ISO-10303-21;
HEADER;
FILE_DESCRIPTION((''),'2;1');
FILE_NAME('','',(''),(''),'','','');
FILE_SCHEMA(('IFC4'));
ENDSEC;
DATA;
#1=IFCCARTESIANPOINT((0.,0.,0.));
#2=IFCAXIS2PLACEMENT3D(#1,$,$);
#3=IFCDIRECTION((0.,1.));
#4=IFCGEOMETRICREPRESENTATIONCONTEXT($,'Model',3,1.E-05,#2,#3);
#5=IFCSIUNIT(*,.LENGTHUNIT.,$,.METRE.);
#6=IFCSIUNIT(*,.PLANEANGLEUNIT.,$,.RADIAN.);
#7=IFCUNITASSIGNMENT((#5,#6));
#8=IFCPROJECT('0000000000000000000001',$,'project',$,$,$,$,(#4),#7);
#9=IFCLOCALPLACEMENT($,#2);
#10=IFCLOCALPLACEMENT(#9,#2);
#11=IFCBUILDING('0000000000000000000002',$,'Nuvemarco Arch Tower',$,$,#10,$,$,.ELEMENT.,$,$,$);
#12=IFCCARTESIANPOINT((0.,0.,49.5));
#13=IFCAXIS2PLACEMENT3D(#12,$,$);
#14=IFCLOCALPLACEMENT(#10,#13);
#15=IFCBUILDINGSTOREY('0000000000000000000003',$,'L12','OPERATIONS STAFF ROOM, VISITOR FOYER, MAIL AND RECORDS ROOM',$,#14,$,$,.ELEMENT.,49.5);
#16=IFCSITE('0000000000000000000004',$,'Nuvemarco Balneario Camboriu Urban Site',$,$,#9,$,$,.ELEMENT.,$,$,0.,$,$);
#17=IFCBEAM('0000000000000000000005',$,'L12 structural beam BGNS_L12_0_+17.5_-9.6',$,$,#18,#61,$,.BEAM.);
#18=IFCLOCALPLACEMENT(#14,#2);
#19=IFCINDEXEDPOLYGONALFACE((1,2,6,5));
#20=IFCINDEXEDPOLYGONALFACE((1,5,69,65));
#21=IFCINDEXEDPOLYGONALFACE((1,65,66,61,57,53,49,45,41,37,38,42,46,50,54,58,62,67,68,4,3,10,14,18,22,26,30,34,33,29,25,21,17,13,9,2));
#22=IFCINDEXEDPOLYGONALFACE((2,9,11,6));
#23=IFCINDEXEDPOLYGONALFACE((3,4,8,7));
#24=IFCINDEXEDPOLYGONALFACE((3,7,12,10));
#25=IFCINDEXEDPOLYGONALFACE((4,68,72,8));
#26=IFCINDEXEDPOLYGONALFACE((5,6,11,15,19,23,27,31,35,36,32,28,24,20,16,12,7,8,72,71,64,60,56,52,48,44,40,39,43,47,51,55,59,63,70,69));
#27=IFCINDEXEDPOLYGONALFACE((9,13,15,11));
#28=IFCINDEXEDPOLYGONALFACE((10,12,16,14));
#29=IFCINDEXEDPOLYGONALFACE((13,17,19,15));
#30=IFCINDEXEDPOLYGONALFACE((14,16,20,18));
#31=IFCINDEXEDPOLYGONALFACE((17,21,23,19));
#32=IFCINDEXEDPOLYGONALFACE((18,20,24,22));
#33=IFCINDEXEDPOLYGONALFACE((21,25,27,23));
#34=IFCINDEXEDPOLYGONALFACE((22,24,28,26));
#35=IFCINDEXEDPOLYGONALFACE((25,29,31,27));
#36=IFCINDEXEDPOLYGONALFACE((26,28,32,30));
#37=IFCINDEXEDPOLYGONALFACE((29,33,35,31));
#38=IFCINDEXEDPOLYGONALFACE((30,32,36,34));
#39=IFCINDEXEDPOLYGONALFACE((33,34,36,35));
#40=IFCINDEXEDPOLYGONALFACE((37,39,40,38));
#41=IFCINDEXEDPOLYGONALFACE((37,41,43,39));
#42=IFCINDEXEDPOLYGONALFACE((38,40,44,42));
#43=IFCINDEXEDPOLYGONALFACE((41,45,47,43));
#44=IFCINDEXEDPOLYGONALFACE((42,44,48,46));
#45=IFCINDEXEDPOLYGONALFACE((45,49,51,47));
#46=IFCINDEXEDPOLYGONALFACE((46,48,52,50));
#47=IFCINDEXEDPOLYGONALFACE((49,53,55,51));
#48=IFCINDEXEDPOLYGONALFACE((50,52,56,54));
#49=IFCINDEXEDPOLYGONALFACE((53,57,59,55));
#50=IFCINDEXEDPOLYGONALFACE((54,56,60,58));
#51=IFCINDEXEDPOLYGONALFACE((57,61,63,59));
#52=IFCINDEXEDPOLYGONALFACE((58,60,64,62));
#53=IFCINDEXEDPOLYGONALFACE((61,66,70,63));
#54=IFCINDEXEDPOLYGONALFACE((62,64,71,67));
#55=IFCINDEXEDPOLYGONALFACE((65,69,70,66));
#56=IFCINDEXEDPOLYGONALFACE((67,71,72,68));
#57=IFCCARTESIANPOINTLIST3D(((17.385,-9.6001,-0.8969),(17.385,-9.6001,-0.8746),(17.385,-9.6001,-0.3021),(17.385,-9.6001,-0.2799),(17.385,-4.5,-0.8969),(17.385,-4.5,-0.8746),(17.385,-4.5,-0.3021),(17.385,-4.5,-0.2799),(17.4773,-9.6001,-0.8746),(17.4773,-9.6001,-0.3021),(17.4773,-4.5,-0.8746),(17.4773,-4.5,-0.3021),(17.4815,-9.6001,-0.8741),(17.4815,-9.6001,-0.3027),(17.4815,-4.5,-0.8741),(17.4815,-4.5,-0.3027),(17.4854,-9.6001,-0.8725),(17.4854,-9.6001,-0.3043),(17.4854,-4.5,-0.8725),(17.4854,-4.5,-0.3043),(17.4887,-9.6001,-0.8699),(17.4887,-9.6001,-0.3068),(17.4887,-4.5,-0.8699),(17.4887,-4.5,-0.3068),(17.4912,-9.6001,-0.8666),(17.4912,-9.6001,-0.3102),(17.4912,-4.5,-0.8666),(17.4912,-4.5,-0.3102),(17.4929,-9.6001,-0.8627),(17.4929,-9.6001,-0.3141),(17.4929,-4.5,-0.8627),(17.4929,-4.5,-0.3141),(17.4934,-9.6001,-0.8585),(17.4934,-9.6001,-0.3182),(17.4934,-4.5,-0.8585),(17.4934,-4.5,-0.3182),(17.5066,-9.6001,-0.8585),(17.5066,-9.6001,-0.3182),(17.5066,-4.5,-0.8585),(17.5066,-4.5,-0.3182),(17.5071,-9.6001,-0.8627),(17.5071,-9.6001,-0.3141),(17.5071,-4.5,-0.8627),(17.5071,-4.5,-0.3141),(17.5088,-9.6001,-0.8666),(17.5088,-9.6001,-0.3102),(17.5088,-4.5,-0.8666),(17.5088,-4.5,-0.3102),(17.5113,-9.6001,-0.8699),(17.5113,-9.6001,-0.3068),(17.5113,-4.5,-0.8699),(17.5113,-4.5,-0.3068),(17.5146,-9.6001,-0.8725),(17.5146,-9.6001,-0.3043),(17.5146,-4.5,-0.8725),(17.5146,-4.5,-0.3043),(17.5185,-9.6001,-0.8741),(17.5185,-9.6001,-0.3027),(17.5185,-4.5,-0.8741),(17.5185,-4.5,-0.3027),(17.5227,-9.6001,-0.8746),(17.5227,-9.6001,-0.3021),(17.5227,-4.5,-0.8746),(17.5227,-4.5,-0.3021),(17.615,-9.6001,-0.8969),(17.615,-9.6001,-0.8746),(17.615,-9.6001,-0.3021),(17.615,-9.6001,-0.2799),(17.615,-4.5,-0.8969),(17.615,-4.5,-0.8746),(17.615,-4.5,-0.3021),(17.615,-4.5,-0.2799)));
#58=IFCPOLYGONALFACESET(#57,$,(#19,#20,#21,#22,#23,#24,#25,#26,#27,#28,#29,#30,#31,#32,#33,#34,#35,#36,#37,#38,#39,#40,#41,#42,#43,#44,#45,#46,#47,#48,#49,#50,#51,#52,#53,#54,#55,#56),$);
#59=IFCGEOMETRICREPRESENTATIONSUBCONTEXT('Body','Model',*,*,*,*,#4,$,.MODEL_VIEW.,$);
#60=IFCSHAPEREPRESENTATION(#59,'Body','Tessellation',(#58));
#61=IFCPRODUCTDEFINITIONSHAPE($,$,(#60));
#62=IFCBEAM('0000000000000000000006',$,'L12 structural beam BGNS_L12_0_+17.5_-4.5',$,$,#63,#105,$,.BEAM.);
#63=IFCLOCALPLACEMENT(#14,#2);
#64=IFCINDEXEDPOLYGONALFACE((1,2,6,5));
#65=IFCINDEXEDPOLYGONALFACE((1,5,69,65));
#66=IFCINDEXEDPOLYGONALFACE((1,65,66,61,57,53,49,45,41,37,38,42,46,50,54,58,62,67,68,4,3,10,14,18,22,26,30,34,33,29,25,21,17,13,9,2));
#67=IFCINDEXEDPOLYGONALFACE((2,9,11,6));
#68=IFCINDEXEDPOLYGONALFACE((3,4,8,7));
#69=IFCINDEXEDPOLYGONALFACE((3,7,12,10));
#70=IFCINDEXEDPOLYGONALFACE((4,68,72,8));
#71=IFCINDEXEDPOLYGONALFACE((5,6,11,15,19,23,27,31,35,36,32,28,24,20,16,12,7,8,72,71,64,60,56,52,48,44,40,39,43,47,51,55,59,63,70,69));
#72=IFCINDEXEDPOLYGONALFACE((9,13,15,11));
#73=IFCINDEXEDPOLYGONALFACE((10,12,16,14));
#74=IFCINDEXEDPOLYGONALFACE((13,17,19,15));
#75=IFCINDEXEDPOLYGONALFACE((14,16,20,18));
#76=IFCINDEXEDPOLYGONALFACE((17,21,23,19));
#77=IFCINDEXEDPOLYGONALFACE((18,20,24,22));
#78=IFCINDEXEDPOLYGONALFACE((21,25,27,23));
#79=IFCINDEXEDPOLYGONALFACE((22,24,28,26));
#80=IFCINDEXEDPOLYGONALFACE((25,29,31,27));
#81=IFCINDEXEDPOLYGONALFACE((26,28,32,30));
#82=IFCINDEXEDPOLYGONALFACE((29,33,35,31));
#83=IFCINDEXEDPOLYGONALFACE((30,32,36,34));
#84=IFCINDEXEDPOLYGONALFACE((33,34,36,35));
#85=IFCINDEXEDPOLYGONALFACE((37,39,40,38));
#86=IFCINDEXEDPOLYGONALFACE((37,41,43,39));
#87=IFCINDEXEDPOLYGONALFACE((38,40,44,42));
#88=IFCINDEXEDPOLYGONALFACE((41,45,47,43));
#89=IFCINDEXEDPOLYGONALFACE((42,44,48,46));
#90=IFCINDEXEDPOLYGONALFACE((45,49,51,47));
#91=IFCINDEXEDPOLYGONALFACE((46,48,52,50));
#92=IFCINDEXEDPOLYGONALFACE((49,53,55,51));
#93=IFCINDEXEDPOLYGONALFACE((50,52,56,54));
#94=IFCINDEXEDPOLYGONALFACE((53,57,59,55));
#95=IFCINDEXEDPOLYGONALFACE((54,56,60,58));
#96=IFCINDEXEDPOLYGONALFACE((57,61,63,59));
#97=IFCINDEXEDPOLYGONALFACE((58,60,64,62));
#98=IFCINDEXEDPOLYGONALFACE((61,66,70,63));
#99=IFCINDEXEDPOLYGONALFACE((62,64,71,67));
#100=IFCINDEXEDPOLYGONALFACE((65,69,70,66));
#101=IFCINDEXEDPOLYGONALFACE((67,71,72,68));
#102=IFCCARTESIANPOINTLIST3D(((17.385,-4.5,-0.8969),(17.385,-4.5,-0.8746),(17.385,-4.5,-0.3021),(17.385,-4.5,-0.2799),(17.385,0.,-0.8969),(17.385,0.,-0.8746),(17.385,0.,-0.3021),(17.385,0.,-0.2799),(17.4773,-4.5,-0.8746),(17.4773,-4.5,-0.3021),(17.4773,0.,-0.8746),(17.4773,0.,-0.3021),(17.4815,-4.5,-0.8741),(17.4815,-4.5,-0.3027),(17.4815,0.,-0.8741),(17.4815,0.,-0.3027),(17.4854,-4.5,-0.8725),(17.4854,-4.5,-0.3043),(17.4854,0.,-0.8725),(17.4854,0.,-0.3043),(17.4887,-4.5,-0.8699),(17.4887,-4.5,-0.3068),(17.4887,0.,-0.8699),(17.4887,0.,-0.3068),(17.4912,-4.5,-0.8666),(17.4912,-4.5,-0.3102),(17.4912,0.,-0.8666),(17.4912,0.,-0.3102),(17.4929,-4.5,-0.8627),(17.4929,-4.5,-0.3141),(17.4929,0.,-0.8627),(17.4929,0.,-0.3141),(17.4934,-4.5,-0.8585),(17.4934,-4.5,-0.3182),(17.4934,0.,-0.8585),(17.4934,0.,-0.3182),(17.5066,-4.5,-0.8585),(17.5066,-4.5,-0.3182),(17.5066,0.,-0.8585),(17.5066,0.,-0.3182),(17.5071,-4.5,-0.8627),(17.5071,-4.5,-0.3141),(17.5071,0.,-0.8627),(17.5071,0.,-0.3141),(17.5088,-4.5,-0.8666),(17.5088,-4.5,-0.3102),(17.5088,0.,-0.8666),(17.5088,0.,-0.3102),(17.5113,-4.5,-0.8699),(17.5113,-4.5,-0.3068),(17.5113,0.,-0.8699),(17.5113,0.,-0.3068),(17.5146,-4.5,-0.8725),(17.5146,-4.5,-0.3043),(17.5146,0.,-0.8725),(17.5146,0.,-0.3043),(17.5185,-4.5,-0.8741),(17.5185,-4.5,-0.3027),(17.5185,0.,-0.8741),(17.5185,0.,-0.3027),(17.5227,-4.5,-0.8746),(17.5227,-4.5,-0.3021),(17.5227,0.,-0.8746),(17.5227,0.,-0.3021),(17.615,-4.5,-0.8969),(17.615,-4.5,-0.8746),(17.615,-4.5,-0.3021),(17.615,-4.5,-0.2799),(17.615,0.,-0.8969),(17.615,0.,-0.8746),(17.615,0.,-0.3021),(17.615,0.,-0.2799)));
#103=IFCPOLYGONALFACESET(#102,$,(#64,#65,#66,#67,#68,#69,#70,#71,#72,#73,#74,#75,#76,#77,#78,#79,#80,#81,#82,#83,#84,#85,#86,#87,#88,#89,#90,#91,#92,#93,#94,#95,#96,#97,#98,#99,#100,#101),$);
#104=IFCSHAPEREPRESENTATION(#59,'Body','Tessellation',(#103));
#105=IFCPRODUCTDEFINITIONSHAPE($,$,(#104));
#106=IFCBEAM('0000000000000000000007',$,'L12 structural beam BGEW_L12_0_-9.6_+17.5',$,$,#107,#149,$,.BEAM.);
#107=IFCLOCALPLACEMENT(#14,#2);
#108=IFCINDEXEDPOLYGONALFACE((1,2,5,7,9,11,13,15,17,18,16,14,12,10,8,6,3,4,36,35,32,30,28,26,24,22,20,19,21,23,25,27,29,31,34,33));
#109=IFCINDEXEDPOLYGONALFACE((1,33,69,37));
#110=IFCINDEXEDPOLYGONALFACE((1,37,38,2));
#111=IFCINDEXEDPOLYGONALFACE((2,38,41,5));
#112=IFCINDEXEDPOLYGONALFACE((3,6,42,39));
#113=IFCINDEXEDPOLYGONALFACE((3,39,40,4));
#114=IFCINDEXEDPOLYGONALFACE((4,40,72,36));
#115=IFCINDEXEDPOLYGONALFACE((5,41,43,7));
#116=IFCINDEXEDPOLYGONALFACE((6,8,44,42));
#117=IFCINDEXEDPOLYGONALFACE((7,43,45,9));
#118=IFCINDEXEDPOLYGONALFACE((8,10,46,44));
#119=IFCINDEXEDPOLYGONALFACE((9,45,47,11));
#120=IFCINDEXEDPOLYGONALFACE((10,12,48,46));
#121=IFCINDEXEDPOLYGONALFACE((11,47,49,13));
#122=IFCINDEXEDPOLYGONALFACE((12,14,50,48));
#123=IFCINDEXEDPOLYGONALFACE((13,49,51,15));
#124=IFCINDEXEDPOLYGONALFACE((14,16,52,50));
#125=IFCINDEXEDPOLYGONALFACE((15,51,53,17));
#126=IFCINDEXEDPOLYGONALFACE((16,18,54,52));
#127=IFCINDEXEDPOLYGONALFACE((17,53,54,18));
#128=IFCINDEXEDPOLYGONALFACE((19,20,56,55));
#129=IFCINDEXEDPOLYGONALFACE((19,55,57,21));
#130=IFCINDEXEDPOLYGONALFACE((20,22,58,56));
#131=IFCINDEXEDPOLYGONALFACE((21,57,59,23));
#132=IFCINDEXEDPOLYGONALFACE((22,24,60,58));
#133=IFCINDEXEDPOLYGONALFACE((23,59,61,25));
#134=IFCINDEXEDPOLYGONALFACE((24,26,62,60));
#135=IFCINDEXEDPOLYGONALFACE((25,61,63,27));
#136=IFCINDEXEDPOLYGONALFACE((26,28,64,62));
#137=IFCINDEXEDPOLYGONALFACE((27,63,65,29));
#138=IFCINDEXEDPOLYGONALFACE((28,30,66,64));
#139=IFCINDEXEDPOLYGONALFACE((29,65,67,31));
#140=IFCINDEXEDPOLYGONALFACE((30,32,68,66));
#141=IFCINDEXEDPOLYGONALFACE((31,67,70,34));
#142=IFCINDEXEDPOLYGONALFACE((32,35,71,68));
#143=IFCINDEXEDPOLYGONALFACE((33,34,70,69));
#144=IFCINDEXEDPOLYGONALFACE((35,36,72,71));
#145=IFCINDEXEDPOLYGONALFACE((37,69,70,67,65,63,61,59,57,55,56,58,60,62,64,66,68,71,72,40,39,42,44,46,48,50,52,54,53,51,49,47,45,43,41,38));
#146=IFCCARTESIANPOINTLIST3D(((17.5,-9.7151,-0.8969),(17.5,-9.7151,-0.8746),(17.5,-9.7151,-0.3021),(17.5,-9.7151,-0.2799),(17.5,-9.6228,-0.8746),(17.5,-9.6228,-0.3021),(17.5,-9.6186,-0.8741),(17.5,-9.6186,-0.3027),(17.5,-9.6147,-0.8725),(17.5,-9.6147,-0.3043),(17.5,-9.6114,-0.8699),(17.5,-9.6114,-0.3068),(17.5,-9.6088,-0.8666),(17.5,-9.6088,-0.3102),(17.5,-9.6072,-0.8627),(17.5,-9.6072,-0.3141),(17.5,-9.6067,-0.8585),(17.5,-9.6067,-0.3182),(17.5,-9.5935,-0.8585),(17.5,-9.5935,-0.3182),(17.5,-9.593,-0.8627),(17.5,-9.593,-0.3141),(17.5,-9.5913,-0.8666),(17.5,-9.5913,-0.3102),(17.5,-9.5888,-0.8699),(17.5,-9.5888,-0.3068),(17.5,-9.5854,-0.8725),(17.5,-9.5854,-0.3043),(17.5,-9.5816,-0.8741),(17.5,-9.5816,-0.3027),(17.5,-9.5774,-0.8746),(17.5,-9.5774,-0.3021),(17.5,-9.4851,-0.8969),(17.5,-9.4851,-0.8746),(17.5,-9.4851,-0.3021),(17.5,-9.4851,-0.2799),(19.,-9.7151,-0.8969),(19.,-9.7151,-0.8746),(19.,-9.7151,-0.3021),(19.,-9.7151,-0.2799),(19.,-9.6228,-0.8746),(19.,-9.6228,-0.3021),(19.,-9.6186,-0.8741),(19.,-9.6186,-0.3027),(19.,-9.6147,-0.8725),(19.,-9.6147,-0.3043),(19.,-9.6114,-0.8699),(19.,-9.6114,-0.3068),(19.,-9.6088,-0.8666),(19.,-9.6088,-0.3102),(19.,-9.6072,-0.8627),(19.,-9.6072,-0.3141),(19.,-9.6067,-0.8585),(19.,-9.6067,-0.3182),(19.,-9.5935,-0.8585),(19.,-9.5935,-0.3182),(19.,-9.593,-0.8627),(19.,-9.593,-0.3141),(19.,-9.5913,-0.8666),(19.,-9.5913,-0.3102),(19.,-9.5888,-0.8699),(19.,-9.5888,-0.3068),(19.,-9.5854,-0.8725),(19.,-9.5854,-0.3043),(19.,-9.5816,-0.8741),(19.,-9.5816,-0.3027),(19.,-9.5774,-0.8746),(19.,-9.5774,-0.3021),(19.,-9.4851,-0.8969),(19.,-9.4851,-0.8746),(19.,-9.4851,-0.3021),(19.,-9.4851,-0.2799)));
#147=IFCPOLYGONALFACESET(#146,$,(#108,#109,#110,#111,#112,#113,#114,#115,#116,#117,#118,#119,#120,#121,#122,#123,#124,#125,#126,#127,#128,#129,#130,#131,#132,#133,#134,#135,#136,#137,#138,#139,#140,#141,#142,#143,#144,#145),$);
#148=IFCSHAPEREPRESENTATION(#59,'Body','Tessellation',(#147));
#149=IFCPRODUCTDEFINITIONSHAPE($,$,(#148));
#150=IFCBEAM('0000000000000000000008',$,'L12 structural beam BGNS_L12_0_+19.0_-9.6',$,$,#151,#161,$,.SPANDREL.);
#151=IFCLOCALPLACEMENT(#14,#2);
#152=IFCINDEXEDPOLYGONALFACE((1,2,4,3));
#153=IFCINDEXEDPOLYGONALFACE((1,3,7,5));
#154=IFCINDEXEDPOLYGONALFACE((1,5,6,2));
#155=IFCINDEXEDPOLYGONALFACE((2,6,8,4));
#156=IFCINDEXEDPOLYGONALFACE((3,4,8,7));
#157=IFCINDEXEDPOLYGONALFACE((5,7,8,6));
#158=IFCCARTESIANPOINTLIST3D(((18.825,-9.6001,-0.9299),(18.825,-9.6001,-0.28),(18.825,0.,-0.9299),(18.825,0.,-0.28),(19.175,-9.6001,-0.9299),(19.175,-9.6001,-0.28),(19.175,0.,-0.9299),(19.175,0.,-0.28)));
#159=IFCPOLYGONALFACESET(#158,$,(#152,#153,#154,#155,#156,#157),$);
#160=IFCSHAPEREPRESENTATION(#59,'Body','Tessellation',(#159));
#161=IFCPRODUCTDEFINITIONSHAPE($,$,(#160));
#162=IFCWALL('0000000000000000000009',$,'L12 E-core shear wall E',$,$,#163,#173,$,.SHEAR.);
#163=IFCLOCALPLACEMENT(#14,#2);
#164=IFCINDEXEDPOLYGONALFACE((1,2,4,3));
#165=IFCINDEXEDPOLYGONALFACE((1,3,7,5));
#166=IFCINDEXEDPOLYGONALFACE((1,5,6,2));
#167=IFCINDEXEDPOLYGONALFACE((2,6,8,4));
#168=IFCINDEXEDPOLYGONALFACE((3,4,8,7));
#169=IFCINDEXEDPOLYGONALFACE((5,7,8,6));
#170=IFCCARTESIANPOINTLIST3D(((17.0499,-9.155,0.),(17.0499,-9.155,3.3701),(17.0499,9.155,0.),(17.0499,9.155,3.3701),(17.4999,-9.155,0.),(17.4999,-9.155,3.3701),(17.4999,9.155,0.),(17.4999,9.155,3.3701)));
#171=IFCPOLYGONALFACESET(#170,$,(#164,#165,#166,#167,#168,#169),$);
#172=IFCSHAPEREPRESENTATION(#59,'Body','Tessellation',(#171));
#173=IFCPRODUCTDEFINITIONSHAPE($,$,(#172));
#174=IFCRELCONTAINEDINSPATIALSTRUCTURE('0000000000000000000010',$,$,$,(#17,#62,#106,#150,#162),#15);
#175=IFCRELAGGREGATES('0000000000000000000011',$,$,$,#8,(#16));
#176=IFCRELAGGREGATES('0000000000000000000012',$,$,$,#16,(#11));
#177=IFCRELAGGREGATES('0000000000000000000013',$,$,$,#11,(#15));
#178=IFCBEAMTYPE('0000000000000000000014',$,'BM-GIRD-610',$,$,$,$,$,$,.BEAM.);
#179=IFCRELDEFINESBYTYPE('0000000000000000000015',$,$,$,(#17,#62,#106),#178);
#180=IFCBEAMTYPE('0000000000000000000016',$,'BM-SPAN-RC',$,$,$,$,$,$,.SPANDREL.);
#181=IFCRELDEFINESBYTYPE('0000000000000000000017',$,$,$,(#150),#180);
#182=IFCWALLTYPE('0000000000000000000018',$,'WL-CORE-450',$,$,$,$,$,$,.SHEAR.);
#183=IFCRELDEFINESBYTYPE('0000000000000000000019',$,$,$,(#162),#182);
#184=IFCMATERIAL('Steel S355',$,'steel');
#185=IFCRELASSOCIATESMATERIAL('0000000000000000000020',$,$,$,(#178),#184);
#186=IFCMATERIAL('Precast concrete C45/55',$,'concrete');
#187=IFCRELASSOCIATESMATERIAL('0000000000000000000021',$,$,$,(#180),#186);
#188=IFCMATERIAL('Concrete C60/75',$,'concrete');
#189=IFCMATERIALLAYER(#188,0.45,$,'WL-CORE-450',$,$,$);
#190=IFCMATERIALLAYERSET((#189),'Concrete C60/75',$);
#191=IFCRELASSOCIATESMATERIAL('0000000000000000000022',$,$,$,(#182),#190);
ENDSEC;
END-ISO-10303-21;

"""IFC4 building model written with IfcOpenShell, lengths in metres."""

from ifc_helpers import new_model, si_unit, direction, frame, frame_2d, origin, origin_2d, place, context, subcontext, project, spatial, rectangle, i_section, extrude, material, layer, layer_set, material_profile, profile_set, type_object, element, save


model = new_model("IFC4")

# Units and contexts
model_context = context("Model", 3, precision=1e-05, world=origin(), true_north=direction((0.0, 1.0)))
body_context = subcontext(model_context, "Body", "Model", "MODEL_VIEW")
ifc_project = project(units=[si_unit("LENGTHUNIT", "METRE"), si_unit("PLANEANGLEUNIT", "RADIAN")], contexts=[model_context])

# Site, building, storey
site_placement = place(None, origin())
site = spatial("IfcSite", under=ifc_project, at=site_placement, Name="Nuvemarco Balneario Camboriu Urban Site", CompositionType="ELEMENT", RefElevation=0.0)
building_placement = place(site_placement, origin())
building = spatial("IfcBuilding", under=site, at=building_placement, Name="Nuvemarco Arch Tower", CompositionType="ELEMENT")
storey_placement = place(building_placement, frame((0.0, 0.0, 49.5)))
storey = spatial("IfcBuildingStorey", under=building, at=storey_placement, Name="L12", Description="OPERATIONS STAFF ROOM, VISITOR FOYER, MAIL AND RECORDS ROOM", CompositionType="ELEMENT", Elevation=49.5)

# Shared definitions
ifc_material_1 = material(Name="Concrete C60/75", Category="concrete")

# Beams
ifc_material_2 = material(Name="Steel S355", Category="steel")
ifc_material_profile_1 = material_profile(ifc_material_2, i_section(OverallWidth=0.23, OverallDepth=0.6169, WebThickness=0.0132, FlangeThickness=0.0222, FilletRadius=0.0161, at=origin_2d()), Name="W610x140")
ifc_profile_set_1 = profile_set([ifc_material_profile_1], Name="Steel S355")
beam_type_1 = type_object("IfcBeamType", Name="BM-GIRD-610", PredefinedType="BEAM", material=ifc_profile_set_1)
beam_1_placement = place(storey_placement, frame((17.5, -9.6001, -0.5884), z_axis=(0.0, 1.0, 0.0), x_axis=(-1.0, 0.0, 0.0)))
element("IfcBeam", 1, at=beam_1_placement, inside=storey, type_object=beam_type_1, Name="L12 structural beam BGNS_L12_0_+17.5_-9.6", PredefinedType="BEAM", context=body_context, shape_type="SweptSolid", body=[
    extrude(i_section(OverallWidth=0.23, OverallDepth=0.6169, WebThickness=0.0132, FlangeThickness=0.0222, FilletRadius=0.0161, at=origin_2d()), origin(), (0.0, 0.0, 1.0), 5.1001),
])
beam_2_placement = place(storey_placement, frame((17.5, -4.5, -0.5884), z_axis=(0.0, 1.0, 0.0), x_axis=(-1.0, 0.0, 0.0)))
element("IfcBeam", 2, at=beam_2_placement, inside=storey, type_object=beam_type_1, Name="L12 structural beam BGNS_L12_0_+17.5_-4.5", PredefinedType="BEAM", context=body_context, shape_type="SweptSolid", body=[
    extrude(i_section(OverallWidth=0.23, OverallDepth=0.6169, WebThickness=0.0132, FlangeThickness=0.0222, FilletRadius=0.0161, at=origin_2d()), origin(), (0.0, 0.0, 1.0), 4.5),
])
beam_3_placement = place(storey_placement, frame((17.5, -9.6001, -0.5884), z_axis=(1.0, 0.0, 0.0), x_axis=(0.0, 1.0, 0.0)))
element("IfcBeam", 3, at=beam_3_placement, inside=storey, type_object=beam_type_1, Name="L12 structural beam BGEW_L12_0_-9.6_+17.5", PredefinedType="BEAM", context=body_context, shape_type="SweptSolid", body=[
    extrude(i_section(OverallWidth=0.23, OverallDepth=0.6169, WebThickness=0.0132, FlangeThickness=0.0222, FilletRadius=0.0161, at=origin_2d()), origin(), (0.0, 0.0, 1.0), 1.5),
])
ifc_material_3 = material(Name="Precast concrete C45/55", Category="concrete")
ifc_material_profile_2 = material_profile(ifc_material_3, rectangle(XDim=0.3501, YDim=0.6499, at=origin_2d()), Name="PC-SP-350x650")
ifc_profile_set_2 = profile_set([ifc_material_profile_2], Name="Precast concrete C45/55")
beam_type_2 = type_object("IfcBeamType", Name="BM-SPAN-RC", PredefinedType="SPANDREL", material=ifc_profile_set_2)
beam_4_placement = place(storey_placement, frame((19.0, -9.6001, -0.605), z_axis=(0.0, 1.0, 0.0), x_axis=(-1.0, 0.0, 0.0)))
element("IfcBeam", 4, at=beam_4_placement, inside=storey, type_object=beam_type_2, Name="L12 structural beam BGNS_L12_0_+19.0_-9.6", PredefinedType="SPANDREL", context=body_context, shape_type="SweptSolid", body=[
    extrude(rectangle(XDim=0.3501, YDim=0.6499, at=origin_2d()), origin(), (0.0, 0.0, 1.0), 9.6001),
])

# Wall
ifc_layer_1 = layer(ifc_material_1, 0.45, Name="WL-CORE-450")
ifc_layer_set_1 = layer_set([ifc_layer_1], Name="Concrete C60/75")
wall_type_1 = type_object("IfcWallType", Name="WL-CORE-450", PredefinedType="SHEAR", material=ifc_layer_set_1)
wall_1_placement = place(storey_placement, frame((17.2749, -9.155, 0.0), z_axis=(0.0, 0.0, 1.0), x_axis=(0.0, 1.0, 0.0)))
element("IfcWall", 5, at=wall_1_placement, inside=storey, type_object=wall_type_1, Name="L12 E-core shear wall E", PredefinedType="SHEAR", context=body_context, shape_type="SweptSolid", body=[
    extrude(rectangle(XDim=18.3101, YDim=0.45, at=frame_2d((9.155, 0.0))), origin(), (0.0, 0.0, 1.0), 3.3701),
])

save(model, "model.ifc")
